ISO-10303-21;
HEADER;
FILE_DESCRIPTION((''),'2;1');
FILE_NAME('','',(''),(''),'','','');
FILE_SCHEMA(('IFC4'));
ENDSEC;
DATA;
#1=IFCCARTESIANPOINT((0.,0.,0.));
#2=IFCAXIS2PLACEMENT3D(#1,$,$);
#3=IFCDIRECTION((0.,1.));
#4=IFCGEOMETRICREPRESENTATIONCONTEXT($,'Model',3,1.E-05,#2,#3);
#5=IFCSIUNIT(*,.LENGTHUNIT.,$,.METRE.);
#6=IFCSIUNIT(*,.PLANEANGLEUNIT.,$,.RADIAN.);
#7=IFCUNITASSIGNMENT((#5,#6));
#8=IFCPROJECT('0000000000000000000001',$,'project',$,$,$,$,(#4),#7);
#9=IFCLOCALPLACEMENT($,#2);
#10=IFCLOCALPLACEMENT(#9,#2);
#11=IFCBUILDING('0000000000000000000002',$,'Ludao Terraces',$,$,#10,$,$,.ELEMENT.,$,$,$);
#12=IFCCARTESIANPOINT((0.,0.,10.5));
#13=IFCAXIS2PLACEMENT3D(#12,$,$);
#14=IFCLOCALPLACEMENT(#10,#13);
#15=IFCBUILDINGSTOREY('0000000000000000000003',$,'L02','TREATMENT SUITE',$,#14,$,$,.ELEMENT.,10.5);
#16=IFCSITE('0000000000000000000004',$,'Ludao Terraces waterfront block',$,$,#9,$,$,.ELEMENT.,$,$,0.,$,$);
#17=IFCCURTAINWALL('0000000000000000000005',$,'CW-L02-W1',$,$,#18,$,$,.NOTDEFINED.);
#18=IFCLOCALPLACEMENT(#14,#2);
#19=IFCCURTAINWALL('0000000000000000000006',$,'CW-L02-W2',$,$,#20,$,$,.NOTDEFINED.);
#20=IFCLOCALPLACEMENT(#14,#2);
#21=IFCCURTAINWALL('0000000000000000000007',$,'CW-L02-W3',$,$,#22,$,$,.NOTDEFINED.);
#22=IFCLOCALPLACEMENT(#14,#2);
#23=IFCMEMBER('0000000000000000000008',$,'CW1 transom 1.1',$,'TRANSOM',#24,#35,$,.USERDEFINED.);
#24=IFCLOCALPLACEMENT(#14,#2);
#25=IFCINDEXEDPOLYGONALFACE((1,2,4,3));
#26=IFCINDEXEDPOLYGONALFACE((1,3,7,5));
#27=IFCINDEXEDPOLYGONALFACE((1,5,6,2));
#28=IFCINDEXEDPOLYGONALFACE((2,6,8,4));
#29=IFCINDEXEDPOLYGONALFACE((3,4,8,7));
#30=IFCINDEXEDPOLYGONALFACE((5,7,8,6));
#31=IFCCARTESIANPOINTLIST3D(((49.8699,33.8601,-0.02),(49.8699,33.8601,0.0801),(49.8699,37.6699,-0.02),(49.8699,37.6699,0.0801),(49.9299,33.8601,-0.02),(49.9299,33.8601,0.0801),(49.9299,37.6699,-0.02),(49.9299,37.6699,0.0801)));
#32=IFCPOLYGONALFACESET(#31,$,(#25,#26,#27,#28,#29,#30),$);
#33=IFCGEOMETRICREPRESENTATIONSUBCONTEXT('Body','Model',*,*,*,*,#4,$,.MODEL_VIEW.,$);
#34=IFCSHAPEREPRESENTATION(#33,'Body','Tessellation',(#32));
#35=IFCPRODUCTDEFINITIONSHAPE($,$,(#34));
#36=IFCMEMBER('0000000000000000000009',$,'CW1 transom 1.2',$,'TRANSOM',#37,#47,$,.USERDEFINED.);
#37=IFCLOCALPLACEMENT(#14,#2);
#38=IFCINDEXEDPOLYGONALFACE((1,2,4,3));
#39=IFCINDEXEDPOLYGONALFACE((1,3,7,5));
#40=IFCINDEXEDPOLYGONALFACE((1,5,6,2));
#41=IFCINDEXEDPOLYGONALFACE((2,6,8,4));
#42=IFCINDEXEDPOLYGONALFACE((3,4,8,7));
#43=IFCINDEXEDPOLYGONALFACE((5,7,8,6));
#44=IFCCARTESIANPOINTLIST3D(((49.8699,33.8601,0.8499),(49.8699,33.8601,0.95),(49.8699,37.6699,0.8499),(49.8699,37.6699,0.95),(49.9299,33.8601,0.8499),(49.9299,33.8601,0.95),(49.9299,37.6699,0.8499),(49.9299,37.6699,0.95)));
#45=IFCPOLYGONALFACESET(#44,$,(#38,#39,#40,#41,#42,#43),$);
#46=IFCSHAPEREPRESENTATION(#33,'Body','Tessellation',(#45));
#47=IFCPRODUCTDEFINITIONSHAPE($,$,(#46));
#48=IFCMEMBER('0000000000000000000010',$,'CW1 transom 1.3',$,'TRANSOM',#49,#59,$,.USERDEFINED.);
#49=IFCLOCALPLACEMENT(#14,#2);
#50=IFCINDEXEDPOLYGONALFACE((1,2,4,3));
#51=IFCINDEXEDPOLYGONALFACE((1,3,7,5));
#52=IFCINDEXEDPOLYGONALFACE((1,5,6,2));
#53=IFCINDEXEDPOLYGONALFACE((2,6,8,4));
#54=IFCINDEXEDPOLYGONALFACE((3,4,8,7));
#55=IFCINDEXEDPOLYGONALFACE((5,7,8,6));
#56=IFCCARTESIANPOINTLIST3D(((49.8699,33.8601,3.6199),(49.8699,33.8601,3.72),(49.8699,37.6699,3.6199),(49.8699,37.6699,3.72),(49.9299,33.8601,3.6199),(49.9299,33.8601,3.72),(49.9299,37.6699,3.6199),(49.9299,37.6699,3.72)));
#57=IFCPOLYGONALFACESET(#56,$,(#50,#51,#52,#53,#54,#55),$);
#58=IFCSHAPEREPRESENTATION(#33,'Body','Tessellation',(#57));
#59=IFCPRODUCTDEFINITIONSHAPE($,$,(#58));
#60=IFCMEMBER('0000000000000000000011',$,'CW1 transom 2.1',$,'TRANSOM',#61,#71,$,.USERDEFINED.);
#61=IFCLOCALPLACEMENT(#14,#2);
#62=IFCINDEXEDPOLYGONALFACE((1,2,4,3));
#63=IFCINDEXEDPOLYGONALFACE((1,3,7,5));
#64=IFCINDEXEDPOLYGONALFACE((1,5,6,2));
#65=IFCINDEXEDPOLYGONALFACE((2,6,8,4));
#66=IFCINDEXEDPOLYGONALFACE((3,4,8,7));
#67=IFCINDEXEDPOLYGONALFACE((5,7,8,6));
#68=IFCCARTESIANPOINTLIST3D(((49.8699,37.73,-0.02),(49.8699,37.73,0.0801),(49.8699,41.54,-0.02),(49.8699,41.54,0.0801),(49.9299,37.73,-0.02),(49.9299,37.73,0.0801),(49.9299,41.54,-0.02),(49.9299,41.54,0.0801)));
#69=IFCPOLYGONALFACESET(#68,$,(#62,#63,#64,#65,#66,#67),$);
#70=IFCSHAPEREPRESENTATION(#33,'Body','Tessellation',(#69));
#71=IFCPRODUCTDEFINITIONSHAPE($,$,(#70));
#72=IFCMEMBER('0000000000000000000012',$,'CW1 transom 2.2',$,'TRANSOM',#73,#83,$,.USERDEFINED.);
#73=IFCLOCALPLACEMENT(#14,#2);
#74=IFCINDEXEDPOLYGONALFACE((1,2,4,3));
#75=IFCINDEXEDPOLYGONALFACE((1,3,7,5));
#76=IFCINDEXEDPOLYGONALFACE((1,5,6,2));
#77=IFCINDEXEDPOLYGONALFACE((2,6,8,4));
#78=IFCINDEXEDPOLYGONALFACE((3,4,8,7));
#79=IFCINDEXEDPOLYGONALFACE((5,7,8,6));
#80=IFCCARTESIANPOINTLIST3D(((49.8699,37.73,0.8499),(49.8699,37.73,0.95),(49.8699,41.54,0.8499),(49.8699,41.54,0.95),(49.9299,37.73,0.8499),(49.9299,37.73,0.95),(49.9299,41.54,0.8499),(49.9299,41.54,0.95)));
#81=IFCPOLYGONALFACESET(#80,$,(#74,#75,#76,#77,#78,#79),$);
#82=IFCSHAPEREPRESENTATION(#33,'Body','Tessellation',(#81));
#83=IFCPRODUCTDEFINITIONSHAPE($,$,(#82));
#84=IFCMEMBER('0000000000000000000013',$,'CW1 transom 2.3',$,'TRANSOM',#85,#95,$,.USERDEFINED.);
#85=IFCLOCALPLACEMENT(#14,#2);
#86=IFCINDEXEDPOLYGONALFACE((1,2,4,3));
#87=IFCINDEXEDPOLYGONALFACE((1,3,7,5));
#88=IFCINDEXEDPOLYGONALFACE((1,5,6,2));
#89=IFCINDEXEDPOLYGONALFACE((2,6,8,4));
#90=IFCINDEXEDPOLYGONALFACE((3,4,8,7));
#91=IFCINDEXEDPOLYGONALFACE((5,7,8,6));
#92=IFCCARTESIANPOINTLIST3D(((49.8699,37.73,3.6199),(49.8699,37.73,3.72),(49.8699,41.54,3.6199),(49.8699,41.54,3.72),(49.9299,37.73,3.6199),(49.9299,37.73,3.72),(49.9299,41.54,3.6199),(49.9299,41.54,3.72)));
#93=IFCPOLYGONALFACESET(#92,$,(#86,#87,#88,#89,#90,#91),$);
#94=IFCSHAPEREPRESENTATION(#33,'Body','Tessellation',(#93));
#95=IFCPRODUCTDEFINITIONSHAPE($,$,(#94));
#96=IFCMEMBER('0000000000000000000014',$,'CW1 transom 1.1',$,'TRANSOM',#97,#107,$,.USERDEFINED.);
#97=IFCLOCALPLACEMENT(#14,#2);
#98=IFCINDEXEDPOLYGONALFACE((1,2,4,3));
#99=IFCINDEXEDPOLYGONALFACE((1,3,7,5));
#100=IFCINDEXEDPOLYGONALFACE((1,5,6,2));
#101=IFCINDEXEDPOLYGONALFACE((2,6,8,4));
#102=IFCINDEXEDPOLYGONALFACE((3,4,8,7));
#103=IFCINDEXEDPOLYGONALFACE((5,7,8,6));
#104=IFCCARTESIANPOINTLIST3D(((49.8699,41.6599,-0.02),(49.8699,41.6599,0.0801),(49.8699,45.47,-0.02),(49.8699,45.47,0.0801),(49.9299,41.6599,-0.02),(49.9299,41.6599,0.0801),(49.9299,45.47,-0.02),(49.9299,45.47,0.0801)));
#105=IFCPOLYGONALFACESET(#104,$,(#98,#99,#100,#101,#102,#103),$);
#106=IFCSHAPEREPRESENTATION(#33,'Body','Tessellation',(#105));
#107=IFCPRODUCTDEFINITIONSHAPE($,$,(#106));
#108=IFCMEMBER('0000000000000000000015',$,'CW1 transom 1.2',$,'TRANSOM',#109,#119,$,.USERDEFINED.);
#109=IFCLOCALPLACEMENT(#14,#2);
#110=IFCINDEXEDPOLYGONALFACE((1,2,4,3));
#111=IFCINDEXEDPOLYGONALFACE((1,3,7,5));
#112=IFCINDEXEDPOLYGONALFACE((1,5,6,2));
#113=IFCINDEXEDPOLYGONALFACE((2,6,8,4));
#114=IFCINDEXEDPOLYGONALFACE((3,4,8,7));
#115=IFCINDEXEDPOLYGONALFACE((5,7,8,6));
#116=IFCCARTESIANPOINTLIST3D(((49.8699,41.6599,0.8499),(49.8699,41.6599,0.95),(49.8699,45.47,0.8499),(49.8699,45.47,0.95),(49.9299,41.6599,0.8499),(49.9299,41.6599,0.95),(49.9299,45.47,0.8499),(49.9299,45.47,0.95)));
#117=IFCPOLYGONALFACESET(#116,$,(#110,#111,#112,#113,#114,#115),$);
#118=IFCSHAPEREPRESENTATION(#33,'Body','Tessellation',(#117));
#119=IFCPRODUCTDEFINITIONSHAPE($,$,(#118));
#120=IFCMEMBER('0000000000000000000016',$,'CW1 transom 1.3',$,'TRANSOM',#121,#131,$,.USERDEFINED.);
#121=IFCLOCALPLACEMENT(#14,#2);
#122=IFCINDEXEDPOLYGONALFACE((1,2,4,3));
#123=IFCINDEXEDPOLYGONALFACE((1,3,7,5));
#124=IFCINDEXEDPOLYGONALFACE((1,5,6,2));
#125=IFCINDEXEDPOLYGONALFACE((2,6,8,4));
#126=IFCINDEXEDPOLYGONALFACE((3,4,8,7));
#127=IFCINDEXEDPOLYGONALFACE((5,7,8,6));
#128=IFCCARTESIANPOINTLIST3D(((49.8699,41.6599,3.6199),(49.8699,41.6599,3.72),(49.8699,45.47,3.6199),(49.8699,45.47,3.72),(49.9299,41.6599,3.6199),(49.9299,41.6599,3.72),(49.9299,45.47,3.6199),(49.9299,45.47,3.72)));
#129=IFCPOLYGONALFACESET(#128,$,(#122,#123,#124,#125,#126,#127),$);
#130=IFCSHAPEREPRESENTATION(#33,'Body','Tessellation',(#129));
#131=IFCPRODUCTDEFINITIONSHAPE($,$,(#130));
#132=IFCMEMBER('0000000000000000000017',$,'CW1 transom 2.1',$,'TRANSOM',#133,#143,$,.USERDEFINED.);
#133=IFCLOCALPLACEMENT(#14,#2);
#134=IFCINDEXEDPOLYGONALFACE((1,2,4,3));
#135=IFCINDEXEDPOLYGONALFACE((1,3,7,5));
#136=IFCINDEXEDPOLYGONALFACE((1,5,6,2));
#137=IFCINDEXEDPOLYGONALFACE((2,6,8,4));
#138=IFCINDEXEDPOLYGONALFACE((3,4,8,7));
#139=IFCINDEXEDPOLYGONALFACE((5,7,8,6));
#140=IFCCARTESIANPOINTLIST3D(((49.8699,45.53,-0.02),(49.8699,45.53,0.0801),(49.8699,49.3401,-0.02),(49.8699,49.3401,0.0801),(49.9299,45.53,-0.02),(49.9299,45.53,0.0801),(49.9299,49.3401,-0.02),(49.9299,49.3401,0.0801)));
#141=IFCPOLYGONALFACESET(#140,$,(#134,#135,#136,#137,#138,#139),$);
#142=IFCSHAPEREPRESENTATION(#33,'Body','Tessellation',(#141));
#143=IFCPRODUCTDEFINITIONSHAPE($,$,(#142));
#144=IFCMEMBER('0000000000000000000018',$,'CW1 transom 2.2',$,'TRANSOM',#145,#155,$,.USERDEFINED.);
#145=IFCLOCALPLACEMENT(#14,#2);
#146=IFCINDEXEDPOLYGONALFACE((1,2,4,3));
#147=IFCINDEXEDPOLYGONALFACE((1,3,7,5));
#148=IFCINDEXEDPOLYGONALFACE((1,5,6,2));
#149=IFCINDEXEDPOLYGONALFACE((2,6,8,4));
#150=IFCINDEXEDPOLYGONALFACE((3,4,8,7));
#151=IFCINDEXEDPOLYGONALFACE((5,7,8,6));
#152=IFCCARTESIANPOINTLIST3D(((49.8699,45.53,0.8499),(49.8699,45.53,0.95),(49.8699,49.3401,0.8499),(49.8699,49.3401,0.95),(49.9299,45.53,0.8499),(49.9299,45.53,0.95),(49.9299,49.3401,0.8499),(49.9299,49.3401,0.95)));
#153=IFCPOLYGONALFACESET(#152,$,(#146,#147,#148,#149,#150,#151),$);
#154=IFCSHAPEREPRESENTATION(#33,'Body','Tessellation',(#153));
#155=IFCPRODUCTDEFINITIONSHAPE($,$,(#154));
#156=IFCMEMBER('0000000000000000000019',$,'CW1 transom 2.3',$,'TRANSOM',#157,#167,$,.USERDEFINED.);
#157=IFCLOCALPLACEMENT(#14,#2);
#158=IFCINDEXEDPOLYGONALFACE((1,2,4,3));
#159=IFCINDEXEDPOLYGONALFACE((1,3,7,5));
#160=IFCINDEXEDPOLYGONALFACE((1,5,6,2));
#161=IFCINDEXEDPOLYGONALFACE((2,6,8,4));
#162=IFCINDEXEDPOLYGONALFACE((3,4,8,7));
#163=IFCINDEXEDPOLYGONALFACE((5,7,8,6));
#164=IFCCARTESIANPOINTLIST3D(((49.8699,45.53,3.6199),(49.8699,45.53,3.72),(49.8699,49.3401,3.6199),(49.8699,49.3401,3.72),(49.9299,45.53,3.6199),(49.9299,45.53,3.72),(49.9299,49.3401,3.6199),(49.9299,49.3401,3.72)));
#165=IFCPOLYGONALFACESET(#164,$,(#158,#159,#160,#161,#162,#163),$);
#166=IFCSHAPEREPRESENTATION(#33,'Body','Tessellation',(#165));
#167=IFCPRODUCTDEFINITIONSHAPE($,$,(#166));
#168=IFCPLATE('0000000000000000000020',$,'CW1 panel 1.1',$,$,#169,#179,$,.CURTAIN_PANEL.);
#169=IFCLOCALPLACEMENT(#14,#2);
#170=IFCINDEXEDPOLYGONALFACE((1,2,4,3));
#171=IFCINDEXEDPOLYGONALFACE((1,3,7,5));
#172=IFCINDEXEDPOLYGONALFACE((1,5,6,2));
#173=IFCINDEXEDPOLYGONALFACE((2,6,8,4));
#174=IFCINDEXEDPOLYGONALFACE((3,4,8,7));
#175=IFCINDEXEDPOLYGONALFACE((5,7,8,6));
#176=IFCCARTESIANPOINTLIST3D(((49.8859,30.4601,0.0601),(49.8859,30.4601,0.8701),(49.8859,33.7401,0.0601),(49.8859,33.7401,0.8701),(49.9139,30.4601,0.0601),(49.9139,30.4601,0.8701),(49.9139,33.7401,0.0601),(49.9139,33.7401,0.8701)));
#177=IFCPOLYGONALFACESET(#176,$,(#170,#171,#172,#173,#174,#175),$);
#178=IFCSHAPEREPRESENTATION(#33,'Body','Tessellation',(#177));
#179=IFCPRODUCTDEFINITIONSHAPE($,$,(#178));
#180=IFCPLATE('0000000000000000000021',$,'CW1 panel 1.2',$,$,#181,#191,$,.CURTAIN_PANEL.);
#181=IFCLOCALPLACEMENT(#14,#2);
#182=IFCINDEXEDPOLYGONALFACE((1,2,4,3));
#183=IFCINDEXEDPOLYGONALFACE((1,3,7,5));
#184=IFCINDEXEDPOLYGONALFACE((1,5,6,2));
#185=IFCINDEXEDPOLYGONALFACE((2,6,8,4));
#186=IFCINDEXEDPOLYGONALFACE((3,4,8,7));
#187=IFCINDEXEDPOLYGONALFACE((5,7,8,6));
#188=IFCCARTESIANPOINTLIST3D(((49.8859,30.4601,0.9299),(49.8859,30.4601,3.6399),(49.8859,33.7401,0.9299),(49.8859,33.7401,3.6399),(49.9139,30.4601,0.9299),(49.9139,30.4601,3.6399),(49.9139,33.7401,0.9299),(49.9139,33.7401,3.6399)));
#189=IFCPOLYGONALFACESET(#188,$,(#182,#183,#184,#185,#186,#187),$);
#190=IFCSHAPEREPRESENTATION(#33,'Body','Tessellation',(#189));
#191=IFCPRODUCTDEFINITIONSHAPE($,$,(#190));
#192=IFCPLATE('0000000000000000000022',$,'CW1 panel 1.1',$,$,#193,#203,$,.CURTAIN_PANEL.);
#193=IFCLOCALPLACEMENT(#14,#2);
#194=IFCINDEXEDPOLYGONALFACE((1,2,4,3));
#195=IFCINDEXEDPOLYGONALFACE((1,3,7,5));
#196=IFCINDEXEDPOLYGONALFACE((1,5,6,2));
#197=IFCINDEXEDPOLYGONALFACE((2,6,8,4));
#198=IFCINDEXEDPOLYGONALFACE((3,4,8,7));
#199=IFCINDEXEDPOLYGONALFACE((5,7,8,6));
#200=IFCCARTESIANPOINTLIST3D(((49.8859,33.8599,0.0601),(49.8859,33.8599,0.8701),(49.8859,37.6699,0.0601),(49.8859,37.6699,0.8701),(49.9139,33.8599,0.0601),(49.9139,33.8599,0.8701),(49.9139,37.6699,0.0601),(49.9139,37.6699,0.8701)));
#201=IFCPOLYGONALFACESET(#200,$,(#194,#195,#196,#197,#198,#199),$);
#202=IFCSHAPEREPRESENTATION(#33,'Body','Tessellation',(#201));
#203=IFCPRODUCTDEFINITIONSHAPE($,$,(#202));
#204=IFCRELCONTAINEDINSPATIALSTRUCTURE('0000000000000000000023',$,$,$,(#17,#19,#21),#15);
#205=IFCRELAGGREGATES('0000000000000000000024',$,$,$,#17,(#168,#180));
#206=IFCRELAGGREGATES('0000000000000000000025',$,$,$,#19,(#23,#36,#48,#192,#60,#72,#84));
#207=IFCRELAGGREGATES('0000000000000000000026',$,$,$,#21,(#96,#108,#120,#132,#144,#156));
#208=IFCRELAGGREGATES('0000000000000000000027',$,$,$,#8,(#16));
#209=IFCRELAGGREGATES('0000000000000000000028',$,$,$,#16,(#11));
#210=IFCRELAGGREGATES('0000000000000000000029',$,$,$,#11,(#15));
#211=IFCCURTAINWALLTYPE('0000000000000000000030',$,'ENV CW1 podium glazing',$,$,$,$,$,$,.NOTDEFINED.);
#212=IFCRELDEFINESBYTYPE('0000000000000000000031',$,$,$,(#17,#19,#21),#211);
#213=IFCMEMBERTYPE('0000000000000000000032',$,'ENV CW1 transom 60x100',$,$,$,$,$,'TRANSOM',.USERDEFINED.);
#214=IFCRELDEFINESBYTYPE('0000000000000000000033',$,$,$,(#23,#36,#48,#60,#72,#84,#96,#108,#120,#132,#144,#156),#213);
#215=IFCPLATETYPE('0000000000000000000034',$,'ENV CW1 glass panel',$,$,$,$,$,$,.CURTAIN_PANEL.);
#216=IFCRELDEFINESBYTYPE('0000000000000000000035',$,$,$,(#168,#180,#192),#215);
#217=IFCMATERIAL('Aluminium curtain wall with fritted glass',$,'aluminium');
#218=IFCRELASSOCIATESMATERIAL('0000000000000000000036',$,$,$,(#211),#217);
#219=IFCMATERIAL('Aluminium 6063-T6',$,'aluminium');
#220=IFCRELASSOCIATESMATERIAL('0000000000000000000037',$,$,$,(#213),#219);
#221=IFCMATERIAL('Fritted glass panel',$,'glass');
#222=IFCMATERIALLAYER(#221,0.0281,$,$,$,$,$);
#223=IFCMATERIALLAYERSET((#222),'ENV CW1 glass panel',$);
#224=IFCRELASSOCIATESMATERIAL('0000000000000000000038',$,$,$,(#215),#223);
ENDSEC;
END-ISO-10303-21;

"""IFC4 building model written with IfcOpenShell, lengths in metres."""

from ifc_helpers import new_model, si_unit, direction, frame, origin, origin_2d, place, context, subcontext, project, spatial, rectangle, extrude, material, layer, layer_set, material_profile, profile_set, type_object, element, aggregate, save


model = new_model("IFC4")

# Units and contexts
model_context = context("Model", 3, precision=1e-05, world=origin(), true_north=direction((0.0, 1.0)))
body_context = subcontext(model_context, "Body", "Model", "MODEL_VIEW")
ifc_project = project(units=[si_unit("LENGTHUNIT", "METRE"), si_unit("PLANEANGLEUNIT", "RADIAN")], contexts=[model_context])

# Site, building, storey
site_placement = place(None, origin())
site = spatial("IfcSite", under=ifc_project, at=site_placement, Name="Ludao Terraces waterfront block", CompositionType="ELEMENT", RefElevation=0.0)
building_placement = place(site_placement, origin())
building = spatial("IfcBuilding", under=site, at=building_placement, Name="Ludao Terraces", CompositionType="ELEMENT")
storey_placement = place(building_placement, frame((0.0, 0.0, 10.5)))
storey = spatial("IfcBuildingStorey", under=building, at=storey_placement, Name="L02", Description="TREATMENT SUITE", CompositionType="ELEMENT", Elevation=10.5)

# Curtain walls
ifc_material_1 = material(Name="Aluminium curtain wall with fritted glass", Category="aluminium")
curtain_wall_type = type_object("IfcCurtainWallType", Name="ENV CW1 podium glazing", PredefinedType="NOTDEFINED", material=ifc_material_1)
curtain_wall_1_placement = place(storey_placement, origin())
curtain_wall_1 = element("IfcCurtainWall", 1, at=curtain_wall_1_placement, inside=storey, type_object=curtain_wall_type, Name="CW-L02-W1", PredefinedType="NOTDEFINED")
ifc_material_2 = material(Name="Aluminium 6063-T6", Category="aluminium")
curtain_wall_2_placement = place(storey_placement, origin())
curtain_wall_2 = element("IfcCurtainWall", 2, at=curtain_wall_2_placement, inside=storey, type_object=curtain_wall_type, Name="CW-L02-W2", PredefinedType="NOTDEFINED")
curtain_wall_3_placement = place(storey_placement, origin())
curtain_wall_3 = element("IfcCurtainWall", 3, at=curtain_wall_3_placement, inside=storey, type_object=curtain_wall_type, Name="CW-L02-W3", PredefinedType="NOTDEFINED")

# Members
ifc_material_profile_1 = material_profile(ifc_material_2, rectangle(XDim=0.0601, YDim=0.1001, at=origin_2d()), Name="60 X 100")
ifc_profile_set_1 = profile_set([ifc_material_profile_1], Name="Aluminium 6063-T6")
member_type_1 = type_object("IfcMemberType", Name="ENV CW1 transom 60x100", ElementType="TRANSOM", PredefinedType="USERDEFINED", material=ifc_profile_set_1)
member_1_placement = place(storey_placement, frame((49.8999, 33.8601, 0.03), z_axis=(0.0, 1.0, 0.0), x_axis=(-1.0, 0.0, 0.0)))
member_1 = element("IfcMember", 4, at=member_1_placement, type_object=member_type_1, Name="CW1 transom 1.1", ObjectType="TRANSOM", PredefinedType="USERDEFINED", context=body_context, shape_type="SweptSolid", body=[
    extrude(rectangle(XDim=0.0601, YDim=0.1001, at=origin_2d()), origin(), (0.0, 0.0, 1.0), 3.8098),
])
member_2_placement = place(storey_placement, frame((49.8999, 33.8601, 0.8999), z_axis=(0.0, 1.0, 0.0), x_axis=(-1.0, 0.0, 0.0)))
member_2 = element("IfcMember", 5, at=member_2_placement, type_object=member_type_1, Name="CW1 transom 1.2", ObjectType="TRANSOM", PredefinedType="USERDEFINED", context=body_context, shape_type="SweptSolid", body=[
    extrude(rectangle(XDim=0.0601, YDim=0.1001, at=origin_2d()), origin(), (0.0, 0.0, 1.0), 3.8098),
])
member_3_placement = place(storey_placement, frame((49.8999, 33.8601, 3.6699), z_axis=(0.0, 1.0, 0.0), x_axis=(-1.0, 0.0, 0.0)))
member_3 = element("IfcMember", 6, at=member_3_placement, type_object=member_type_1, Name="CW1 transom 1.3", ObjectType="TRANSOM", PredefinedType="USERDEFINED", context=body_context, shape_type="SweptSolid", body=[
    extrude(rectangle(XDim=0.0601, YDim=0.1001, at=origin_2d()), origin(), (0.0, 0.0, 1.0), 3.8098),
])
member_4_placement = place(storey_placement, frame((49.8999, 37.73, 0.03), z_axis=(0.0, 1.0, 0.0), x_axis=(-1.0, 0.0, 0.0)))
member_4 = element("IfcMember", 7, at=member_4_placement, type_object=member_type_1, Name="CW1 transom 2.1", ObjectType="TRANSOM", PredefinedType="USERDEFINED", context=body_context, shape_type="SweptSolid", body=[
    extrude(rectangle(XDim=0.0601, YDim=0.1001, at=origin_2d()), origin(), (0.0, 0.0, 1.0), 3.8101),
])
member_5_placement = place(storey_placement, frame((49.8999, 37.73, 0.8999), z_axis=(0.0, 1.0, 0.0), x_axis=(-1.0, 0.0, 0.0)))
member_5 = element("IfcMember", 8, at=member_5_placement, type_object=member_type_1, Name="CW1 transom 2.2", ObjectType="TRANSOM", PredefinedType="USERDEFINED", context=body_context, shape_type="SweptSolid", body=[
    extrude(rectangle(XDim=0.0601, YDim=0.1001, at=origin_2d()), origin(), (0.0, 0.0, 1.0), 3.8101),
])
member_6_placement = place(storey_placement, frame((49.8999, 37.73, 3.6699), z_axis=(0.0, 1.0, 0.0), x_axis=(-1.0, 0.0, 0.0)))
member_6 = element("IfcMember", 9, at=member_6_placement, type_object=member_type_1, Name="CW1 transom 2.3", ObjectType="TRANSOM", PredefinedType="USERDEFINED", context=body_context, shape_type="SweptSolid", body=[
    extrude(rectangle(XDim=0.0601, YDim=0.1001, at=origin_2d()), origin(), (0.0, 0.0, 1.0), 3.8101),
])
member_7_placement = place(storey_placement, frame((49.8999, 41.6599, 0.03), z_axis=(0.0, 1.0, 0.0), x_axis=(-1.0, 0.0, 0.0)))
member_7 = element("IfcMember", 10, at=member_7_placement, type_object=member_type_1, Name="CW1 transom 1.1", ObjectType="TRANSOM", PredefinedType="USERDEFINED", context=body_context, shape_type="SweptSolid", body=[
    extrude(rectangle(XDim=0.0601, YDim=0.1001, at=origin_2d()), origin(), (0.0, 0.0, 1.0), 3.8101),
])
member_8_placement = place(storey_placement, frame((49.8999, 41.6599, 0.8999), z_axis=(0.0, 1.0, 0.0), x_axis=(-1.0, 0.0, 0.0)))
member_8 = element("IfcMember", 11, at=member_8_placement, type_object=member_type_1, Name="CW1 transom 1.2", ObjectType="TRANSOM", PredefinedType="USERDEFINED", context=body_context, shape_type="SweptSolid", body=[
    extrude(rectangle(XDim=0.0601, YDim=0.1001, at=origin_2d()), origin(), (0.0, 0.0, 1.0), 3.8101),
])
member_9_placement = place(storey_placement, frame((49.8999, 41.6599, 3.6699), z_axis=(0.0, 1.0, 0.0), x_axis=(-1.0, 0.0, 0.0)))
member_9 = element("IfcMember", 12, at=member_9_placement, type_object=member_type_1, Name="CW1 transom 1.3", ObjectType="TRANSOM", PredefinedType="USERDEFINED", context=body_context, shape_type="SweptSolid", body=[
    extrude(rectangle(XDim=0.0601, YDim=0.1001, at=origin_2d()), origin(), (0.0, 0.0, 1.0), 3.8101),
])
member_10_placement = place(storey_placement, frame((49.8999, 45.53, 0.03), z_axis=(0.0, 1.0, 0.0), x_axis=(-1.0, 0.0, 0.0)))
member_10 = element("IfcMember", 13, at=member_10_placement, type_object=member_type_1, Name="CW1 transom 2.1", ObjectType="TRANSOM", PredefinedType="USERDEFINED", context=body_context, shape_type="SweptSolid", body=[
    extrude(rectangle(XDim=0.0601, YDim=0.1001, at=origin_2d()), origin(), (0.0, 0.0, 1.0), 3.8101),
])
member_11_placement = place(storey_placement, frame((49.8999, 45.53, 0.8999), z_axis=(0.0, 1.0, 0.0), x_axis=(-1.0, 0.0, 0.0)))
member_11 = element("IfcMember", 14, at=member_11_placement, type_object=member_type_1, Name="CW1 transom 2.2", ObjectType="TRANSOM", PredefinedType="USERDEFINED", context=body_context, shape_type="SweptSolid", body=[
    extrude(rectangle(XDim=0.0601, YDim=0.1001, at=origin_2d()), origin(), (0.0, 0.0, 1.0), 3.8101),
])
member_12_placement = place(storey_placement, frame((49.8999, 45.53, 3.6699), z_axis=(0.0, 1.0, 0.0), x_axis=(-1.0, 0.0, 0.0)))
member_12 = element("IfcMember", 15, at=member_12_placement, type_object=member_type_1, Name="CW1 transom 2.3", ObjectType="TRANSOM", PredefinedType="USERDEFINED", context=body_context, shape_type="SweptSolid", body=[
    extrude(rectangle(XDim=0.0601, YDim=0.1001, at=origin_2d()), origin(), (0.0, 0.0, 1.0), 3.8101),
])

# Plates
ifc_material_3 = material(Name="Fritted glass panel", Category="glass")
ifc_layer_1 = layer(ifc_material_3, 0.0281)
ifc_layer_set_1 = layer_set([ifc_layer_1], Name="ENV CW1 glass panel")
plate_type = type_object("IfcPlateType", Name="ENV CW1 glass panel", PredefinedType="CURTAIN_PANEL", material=ifc_layer_set_1)
plate_1_placement = place(storey_placement, frame((49.8999, 32.1001, 0.0601), z_axis=(0.0, 0.0, 1.0), x_axis=(0.0, 1.0, 0.0)))
plate_1 = element("IfcPlate", 16, at=plate_1_placement, type_object=plate_type, Name="CW1 panel 1.1", PredefinedType="CURTAIN_PANEL", context=body_context, shape_type="SweptSolid", body=[
    extrude(rectangle(XDim=3.28, YDim=0.0281, at=origin_2d()), origin(), (0.0, 0.0, 1.0), 0.8101),
])
plate_2_placement = place(storey_placement, frame((49.8999, 32.1001, 0.9299), z_axis=(0.0, 0.0, 1.0), x_axis=(0.0, 1.0, 0.0)))
plate_2 = element("IfcPlate", 17, at=plate_2_placement, type_object=plate_type, Name="CW1 panel 1.2", PredefinedType="CURTAIN_PANEL", context=body_context, shape_type="SweptSolid", body=[
    extrude(rectangle(XDim=3.28, YDim=0.0281, at=origin_2d()), origin(), (0.0, 0.0, 1.0), 2.71),
])
aggregate(curtain_wall_1, [plate_1, plate_2])
plate_3_placement = place(storey_placement, frame((49.8999, 35.7649, 0.0601), z_axis=(0.0, 0.0, 1.0), x_axis=(0.0, 1.0, 0.0)))
plate_3 = element("IfcPlate", 18, at=plate_3_placement, type_object=plate_type, Name="CW1 panel 1.1", PredefinedType="CURTAIN_PANEL", context=body_context, shape_type="SweptSolid", body=[
    extrude(rectangle(XDim=3.8101, YDim=0.0281, at=origin_2d()), origin(), (0.0, 0.0, 1.0), 0.8101),
])
aggregate(curtain_wall_2, [member_1, member_2, member_3, plate_3, member_4, member_5, member_6])
aggregate(curtain_wall_3, [member_7, member_8, member_9, member_10, member_11, member_12])

save(model, "model.ifc")
